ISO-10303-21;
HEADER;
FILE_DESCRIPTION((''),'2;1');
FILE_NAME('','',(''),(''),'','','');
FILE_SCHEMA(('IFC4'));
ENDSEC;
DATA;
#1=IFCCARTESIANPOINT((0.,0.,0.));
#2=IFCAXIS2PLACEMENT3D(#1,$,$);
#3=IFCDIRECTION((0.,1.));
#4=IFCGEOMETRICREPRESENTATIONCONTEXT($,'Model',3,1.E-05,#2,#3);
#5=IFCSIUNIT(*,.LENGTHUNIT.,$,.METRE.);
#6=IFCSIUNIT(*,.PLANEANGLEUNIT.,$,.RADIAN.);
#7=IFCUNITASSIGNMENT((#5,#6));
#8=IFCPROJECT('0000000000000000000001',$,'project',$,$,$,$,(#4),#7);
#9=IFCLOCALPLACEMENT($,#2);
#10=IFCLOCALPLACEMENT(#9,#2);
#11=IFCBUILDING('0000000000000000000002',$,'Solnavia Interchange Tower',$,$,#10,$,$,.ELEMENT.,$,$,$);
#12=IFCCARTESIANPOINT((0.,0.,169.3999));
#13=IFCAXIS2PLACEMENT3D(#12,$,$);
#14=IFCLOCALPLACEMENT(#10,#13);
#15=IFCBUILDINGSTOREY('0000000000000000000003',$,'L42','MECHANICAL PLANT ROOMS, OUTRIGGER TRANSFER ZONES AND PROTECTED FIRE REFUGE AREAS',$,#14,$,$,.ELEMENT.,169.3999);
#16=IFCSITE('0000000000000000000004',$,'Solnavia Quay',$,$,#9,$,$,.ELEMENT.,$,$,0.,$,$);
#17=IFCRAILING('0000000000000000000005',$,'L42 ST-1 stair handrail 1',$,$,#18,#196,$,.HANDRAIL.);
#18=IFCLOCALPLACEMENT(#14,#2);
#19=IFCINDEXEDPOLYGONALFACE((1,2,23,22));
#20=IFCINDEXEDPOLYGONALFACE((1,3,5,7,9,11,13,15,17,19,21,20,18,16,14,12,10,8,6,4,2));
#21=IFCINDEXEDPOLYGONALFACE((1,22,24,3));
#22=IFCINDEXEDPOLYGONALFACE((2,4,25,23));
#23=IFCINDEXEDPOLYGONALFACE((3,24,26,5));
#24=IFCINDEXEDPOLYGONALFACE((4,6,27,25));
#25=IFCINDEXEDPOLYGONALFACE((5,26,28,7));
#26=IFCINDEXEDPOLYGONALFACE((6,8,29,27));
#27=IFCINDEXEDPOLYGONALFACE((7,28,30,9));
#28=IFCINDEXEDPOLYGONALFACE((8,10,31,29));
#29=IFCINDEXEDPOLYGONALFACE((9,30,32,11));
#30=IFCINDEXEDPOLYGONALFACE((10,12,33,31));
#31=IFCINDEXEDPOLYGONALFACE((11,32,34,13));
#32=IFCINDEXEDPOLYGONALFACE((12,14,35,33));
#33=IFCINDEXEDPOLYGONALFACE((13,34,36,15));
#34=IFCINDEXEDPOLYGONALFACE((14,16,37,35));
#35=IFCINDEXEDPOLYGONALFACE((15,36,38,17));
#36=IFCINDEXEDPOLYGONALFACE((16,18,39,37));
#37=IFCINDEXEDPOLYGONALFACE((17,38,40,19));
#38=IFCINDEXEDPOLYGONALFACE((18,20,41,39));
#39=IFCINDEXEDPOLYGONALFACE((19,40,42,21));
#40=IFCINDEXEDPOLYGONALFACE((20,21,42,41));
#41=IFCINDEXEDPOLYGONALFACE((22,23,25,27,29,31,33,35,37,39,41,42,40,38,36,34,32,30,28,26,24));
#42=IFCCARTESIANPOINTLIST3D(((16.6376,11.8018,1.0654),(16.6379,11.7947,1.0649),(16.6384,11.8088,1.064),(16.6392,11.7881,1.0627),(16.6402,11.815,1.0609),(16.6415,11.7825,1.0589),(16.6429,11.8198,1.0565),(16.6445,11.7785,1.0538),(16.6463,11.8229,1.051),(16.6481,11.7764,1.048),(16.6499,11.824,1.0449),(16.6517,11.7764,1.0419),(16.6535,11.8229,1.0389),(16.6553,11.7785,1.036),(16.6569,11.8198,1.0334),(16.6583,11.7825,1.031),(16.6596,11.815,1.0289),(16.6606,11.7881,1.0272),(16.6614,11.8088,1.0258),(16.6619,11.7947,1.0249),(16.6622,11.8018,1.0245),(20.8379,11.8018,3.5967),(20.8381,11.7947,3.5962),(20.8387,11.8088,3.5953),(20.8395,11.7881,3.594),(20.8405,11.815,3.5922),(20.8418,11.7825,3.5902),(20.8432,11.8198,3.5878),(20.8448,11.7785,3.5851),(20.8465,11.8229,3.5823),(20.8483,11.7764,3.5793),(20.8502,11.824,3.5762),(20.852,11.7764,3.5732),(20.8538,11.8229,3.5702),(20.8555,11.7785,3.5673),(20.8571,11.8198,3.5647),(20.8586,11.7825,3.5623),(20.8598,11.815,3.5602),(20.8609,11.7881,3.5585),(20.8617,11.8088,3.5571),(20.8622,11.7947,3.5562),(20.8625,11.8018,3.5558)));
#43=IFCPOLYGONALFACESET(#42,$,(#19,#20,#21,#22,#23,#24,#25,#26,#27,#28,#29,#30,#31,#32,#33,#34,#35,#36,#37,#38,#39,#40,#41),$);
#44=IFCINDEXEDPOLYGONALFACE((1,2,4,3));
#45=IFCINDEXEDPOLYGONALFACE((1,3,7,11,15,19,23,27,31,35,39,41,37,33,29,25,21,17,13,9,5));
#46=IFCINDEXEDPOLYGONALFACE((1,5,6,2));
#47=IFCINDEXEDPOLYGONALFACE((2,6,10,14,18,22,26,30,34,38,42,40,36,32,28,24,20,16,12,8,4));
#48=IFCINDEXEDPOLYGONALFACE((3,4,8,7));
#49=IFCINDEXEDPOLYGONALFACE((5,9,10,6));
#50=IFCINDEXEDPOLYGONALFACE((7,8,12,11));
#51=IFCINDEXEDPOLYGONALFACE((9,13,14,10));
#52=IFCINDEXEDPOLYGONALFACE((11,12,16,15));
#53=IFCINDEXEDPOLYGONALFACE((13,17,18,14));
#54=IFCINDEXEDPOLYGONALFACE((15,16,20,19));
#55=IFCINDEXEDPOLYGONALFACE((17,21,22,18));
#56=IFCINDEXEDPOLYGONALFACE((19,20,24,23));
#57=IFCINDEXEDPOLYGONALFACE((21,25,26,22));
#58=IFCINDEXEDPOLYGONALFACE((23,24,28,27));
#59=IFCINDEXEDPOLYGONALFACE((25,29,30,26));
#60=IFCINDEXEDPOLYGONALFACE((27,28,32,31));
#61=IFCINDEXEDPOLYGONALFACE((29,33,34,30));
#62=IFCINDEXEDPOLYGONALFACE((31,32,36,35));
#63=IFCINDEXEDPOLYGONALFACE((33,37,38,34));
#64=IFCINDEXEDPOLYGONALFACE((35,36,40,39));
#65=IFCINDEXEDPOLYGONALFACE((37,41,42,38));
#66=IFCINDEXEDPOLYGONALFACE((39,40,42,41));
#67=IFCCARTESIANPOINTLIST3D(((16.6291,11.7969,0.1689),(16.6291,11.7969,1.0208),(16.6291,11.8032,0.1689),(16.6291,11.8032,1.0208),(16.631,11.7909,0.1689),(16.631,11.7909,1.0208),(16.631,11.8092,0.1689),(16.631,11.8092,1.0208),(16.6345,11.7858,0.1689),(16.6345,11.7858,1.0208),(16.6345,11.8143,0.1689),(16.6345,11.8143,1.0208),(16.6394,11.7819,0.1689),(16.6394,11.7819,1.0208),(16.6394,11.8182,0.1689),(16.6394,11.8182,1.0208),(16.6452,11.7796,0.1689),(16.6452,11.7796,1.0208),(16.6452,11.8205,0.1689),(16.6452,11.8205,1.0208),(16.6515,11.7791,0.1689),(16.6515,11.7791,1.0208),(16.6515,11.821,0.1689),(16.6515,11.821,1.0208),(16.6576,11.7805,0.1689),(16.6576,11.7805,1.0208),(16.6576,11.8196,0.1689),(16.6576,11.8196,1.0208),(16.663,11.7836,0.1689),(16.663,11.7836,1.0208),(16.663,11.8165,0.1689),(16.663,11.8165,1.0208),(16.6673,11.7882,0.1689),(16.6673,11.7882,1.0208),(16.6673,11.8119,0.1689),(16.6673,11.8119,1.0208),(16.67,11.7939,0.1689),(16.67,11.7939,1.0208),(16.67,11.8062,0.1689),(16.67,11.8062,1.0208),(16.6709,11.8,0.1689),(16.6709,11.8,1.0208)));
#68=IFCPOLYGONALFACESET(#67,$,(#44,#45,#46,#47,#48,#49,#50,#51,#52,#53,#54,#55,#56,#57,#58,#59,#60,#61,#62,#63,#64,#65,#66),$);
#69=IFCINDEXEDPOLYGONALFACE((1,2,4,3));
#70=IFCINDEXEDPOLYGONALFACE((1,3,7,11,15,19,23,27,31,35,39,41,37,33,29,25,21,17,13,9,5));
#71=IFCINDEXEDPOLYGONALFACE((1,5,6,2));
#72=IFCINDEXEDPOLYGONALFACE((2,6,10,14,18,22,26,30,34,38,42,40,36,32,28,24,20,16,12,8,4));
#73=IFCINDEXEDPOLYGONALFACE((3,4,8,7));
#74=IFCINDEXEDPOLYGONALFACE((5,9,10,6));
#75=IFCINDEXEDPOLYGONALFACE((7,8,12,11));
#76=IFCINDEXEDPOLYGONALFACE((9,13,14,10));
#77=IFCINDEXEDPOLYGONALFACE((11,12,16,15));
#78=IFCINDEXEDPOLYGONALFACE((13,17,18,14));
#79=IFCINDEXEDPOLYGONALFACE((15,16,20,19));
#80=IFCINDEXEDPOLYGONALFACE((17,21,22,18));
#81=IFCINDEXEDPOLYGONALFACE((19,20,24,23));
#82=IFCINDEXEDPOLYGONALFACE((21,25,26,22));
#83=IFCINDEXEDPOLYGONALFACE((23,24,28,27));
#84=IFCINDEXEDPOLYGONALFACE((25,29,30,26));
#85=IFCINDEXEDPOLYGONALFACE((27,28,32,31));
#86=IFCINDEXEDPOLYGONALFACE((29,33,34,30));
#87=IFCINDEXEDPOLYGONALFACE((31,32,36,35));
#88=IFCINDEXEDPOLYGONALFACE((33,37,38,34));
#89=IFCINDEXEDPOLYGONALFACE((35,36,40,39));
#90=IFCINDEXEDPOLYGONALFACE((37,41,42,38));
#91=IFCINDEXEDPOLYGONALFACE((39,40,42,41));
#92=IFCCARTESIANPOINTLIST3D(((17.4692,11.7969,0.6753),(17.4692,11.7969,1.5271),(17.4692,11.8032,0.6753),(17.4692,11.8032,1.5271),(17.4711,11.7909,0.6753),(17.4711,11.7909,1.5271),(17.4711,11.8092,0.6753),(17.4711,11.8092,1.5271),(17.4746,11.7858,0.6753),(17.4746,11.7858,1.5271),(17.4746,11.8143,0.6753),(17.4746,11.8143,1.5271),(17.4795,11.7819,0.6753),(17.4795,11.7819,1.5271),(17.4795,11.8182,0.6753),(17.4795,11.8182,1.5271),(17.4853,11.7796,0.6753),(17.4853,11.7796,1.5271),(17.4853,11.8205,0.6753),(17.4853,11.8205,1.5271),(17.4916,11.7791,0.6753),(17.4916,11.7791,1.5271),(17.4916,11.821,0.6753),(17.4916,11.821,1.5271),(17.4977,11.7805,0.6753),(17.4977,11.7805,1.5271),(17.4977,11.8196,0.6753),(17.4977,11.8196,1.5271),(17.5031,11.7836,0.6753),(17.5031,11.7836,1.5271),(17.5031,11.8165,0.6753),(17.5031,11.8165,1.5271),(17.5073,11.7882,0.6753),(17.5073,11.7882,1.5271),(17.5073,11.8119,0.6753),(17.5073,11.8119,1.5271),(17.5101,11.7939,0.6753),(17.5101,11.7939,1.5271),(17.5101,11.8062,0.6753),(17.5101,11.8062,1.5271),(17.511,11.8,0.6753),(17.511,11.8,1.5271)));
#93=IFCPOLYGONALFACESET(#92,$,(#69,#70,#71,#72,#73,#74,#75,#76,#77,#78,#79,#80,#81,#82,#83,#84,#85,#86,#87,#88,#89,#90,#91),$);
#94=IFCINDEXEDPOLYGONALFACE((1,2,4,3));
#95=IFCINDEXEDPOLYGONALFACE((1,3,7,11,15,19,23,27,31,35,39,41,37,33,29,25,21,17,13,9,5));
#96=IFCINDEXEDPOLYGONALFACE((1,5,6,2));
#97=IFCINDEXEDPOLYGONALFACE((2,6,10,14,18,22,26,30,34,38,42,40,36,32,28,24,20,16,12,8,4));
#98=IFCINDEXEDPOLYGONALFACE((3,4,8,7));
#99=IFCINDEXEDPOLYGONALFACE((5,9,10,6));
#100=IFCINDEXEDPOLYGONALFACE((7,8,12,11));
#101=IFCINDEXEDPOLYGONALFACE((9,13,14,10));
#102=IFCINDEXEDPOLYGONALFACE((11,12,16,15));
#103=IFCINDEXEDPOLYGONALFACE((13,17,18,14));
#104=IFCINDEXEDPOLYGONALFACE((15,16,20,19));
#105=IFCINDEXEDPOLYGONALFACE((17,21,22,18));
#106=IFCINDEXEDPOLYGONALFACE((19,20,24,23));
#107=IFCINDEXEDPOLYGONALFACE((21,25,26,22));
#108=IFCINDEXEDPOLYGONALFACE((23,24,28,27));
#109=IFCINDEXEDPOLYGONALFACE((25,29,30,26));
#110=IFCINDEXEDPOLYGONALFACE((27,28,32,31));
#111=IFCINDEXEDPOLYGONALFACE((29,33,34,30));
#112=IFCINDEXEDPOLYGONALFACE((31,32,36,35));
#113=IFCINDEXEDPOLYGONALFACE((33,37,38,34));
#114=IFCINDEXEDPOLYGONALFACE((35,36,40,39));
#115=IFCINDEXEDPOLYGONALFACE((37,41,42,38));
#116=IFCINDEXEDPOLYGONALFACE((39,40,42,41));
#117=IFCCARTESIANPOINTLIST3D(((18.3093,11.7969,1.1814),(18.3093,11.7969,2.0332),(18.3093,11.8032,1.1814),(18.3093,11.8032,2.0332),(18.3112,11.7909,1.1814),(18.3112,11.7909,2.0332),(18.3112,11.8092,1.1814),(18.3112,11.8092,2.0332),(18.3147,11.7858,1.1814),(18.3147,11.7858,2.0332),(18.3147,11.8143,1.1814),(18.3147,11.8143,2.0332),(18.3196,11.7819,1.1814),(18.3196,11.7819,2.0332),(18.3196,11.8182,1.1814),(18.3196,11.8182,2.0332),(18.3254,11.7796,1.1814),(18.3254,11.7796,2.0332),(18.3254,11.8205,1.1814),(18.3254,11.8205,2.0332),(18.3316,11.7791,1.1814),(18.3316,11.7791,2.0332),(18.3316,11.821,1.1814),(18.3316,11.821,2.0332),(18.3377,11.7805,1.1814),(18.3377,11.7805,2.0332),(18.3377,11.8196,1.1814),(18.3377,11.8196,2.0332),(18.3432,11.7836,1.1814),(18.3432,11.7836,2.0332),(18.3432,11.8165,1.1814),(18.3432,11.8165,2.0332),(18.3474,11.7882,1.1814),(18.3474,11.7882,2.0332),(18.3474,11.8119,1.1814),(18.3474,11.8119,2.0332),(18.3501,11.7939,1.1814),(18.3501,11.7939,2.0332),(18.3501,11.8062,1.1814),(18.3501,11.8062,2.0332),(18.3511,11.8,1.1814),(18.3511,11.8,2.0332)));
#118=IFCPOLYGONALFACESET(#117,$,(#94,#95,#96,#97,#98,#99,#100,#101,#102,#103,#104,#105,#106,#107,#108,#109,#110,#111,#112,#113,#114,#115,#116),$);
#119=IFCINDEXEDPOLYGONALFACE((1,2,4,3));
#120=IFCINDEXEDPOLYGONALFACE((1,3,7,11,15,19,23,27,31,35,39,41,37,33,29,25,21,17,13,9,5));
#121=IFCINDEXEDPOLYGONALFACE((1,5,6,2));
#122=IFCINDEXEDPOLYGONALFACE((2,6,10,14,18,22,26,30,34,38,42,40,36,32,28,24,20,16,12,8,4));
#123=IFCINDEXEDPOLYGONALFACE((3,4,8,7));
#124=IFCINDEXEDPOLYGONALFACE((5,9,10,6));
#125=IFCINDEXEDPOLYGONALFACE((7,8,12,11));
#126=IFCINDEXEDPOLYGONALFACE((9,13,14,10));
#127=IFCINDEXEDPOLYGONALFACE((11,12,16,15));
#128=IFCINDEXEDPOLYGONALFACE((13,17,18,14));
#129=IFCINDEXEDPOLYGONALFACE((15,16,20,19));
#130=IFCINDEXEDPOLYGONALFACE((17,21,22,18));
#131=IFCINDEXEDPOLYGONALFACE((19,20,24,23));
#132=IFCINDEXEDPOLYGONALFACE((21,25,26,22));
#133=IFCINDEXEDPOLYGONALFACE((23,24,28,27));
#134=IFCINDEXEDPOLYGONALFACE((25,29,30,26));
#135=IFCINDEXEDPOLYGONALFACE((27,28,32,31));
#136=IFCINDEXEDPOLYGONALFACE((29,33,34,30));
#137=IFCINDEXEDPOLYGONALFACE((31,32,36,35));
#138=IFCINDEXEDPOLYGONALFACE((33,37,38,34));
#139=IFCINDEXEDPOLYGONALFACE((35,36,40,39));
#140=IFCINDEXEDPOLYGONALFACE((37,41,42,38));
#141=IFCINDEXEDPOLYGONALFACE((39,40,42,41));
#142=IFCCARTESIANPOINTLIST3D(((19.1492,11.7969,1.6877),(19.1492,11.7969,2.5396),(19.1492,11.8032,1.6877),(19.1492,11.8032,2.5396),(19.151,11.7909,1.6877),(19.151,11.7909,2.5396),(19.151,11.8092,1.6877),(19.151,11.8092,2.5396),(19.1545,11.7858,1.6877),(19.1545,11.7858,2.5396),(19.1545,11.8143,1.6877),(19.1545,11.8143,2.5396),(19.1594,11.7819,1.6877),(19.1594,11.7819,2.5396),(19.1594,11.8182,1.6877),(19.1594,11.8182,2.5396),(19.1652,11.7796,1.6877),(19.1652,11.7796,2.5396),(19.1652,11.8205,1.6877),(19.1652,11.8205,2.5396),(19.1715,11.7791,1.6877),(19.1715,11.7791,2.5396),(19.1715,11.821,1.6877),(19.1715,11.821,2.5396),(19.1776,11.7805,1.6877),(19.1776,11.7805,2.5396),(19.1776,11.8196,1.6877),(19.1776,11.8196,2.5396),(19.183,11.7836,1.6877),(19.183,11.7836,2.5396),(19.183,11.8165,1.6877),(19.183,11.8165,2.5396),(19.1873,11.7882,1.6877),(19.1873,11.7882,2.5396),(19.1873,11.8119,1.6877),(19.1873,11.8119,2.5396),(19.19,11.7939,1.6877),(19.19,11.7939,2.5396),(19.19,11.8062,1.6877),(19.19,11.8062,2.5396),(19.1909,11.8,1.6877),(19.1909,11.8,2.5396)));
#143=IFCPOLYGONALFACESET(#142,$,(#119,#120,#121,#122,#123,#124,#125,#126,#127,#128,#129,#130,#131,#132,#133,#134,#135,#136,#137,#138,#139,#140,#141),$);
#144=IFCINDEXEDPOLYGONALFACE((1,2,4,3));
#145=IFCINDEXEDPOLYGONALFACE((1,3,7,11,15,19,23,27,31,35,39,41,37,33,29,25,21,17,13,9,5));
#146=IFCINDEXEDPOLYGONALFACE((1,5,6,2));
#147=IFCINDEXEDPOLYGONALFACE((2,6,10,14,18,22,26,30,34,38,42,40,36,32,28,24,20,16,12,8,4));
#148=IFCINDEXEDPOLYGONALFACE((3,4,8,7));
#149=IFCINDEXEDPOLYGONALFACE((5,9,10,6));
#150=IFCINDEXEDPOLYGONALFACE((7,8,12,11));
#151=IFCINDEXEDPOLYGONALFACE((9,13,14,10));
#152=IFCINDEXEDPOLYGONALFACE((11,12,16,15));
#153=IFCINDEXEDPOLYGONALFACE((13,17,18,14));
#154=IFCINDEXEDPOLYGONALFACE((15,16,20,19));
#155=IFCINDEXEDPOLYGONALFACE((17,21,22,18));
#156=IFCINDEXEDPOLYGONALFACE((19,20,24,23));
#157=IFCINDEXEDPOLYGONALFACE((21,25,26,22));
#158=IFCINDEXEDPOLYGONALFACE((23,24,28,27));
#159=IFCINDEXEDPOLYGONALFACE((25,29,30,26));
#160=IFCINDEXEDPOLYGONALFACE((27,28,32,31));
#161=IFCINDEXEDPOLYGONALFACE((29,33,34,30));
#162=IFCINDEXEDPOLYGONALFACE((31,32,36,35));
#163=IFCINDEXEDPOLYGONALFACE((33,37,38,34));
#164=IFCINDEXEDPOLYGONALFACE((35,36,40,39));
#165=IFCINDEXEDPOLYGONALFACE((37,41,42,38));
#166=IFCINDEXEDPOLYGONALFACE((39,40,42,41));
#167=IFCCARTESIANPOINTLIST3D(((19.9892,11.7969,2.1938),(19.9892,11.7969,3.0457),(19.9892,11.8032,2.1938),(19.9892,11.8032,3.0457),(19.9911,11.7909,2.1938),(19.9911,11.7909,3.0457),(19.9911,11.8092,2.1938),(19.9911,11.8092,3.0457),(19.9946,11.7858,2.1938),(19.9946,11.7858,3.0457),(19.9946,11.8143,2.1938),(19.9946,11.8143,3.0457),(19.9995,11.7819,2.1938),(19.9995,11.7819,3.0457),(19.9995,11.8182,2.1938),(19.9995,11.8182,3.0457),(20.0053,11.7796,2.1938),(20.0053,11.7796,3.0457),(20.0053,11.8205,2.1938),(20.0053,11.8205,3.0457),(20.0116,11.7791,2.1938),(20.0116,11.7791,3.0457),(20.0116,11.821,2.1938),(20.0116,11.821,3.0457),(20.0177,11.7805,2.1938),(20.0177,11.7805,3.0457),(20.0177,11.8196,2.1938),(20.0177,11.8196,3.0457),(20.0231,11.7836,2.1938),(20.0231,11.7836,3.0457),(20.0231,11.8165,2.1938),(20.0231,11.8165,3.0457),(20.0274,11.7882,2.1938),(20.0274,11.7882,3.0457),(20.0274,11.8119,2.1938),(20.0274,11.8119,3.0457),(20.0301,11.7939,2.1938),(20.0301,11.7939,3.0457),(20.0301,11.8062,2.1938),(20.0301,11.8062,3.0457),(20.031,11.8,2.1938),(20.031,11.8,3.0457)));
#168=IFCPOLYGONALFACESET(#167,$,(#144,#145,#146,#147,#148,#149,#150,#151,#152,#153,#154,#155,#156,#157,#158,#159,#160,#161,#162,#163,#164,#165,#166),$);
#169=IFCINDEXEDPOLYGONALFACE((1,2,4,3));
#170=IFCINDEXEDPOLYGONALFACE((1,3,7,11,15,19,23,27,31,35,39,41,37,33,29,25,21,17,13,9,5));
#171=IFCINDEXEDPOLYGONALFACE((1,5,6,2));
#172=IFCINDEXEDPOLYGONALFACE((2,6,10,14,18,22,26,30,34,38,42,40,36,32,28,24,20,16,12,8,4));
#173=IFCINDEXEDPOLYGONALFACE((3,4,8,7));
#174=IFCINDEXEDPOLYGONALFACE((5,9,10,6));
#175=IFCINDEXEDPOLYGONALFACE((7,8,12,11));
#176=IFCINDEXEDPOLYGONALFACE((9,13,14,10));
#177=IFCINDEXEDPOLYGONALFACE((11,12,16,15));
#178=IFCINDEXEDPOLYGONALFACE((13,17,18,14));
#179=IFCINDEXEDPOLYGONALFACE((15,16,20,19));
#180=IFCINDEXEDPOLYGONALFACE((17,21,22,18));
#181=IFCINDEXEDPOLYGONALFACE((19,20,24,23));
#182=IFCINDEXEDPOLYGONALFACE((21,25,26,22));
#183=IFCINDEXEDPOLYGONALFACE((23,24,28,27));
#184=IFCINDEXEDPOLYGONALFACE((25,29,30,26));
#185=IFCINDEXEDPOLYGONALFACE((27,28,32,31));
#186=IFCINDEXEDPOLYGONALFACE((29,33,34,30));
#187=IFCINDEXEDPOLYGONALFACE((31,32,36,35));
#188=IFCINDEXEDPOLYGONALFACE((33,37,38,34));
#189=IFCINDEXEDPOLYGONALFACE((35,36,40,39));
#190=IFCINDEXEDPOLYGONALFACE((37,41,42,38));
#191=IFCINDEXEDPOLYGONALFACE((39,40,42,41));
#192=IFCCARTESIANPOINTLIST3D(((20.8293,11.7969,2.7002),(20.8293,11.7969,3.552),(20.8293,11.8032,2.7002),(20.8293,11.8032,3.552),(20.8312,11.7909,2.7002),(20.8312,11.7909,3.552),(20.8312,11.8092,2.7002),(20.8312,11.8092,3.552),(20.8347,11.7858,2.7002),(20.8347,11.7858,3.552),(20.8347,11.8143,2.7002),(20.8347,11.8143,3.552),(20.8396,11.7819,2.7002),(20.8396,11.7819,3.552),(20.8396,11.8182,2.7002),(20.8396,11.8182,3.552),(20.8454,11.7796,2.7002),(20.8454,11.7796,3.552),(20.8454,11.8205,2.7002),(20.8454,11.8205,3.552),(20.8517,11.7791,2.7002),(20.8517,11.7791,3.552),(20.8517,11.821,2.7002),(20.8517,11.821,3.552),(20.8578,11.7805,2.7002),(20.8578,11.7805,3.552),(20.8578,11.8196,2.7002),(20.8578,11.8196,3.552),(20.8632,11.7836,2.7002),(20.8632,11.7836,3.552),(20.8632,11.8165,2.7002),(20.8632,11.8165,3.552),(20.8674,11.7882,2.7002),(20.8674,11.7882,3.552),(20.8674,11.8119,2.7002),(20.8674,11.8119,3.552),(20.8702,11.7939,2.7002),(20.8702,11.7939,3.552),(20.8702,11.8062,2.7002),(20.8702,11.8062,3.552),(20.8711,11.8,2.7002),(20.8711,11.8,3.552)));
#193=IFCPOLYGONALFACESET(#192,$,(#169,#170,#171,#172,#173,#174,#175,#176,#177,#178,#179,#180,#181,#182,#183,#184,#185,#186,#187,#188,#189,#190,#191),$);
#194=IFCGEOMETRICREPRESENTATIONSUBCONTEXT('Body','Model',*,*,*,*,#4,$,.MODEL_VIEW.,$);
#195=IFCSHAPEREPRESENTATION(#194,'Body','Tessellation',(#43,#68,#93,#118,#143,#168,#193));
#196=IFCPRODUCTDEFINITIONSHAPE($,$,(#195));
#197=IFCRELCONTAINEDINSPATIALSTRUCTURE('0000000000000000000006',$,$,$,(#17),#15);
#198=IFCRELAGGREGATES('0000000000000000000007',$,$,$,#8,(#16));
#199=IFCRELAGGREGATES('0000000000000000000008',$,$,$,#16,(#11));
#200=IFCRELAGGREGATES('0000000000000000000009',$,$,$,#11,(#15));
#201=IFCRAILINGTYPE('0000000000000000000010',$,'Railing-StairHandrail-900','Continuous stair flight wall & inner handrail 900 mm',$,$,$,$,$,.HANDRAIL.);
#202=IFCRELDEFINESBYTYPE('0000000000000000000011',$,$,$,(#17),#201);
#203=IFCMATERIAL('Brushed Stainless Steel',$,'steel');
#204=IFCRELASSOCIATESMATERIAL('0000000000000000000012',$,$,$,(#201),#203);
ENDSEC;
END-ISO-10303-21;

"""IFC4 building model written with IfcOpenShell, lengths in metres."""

from ifc_helpers import new_model, si_unit, direction, frame, origin, origin_2d, place, context, subcontext, project, spatial, circle, extrude, material, type_object, element, save


model = new_model("IFC4")

# Units and contexts
model_context = context("Model", 3, precision=1e-05, world=origin(), true_north=direction((0.0, 1.0)))
body_context = subcontext(model_context, "Body", "Model", "MODEL_VIEW")
ifc_project = project(units=[si_unit("LENGTHUNIT", "METRE"), si_unit("PLANEANGLEUNIT", "RADIAN")], contexts=[model_context])

# Site, building, storey
site_placement = place(None, origin())
site = spatial("IfcSite", under=ifc_project, at=site_placement, Name="Solnavia Quay", CompositionType="ELEMENT", RefElevation=0.0)
building_placement = place(site_placement, origin())
building = spatial("IfcBuilding", under=site, at=building_placement, Name="Solnavia Interchange Tower", CompositionType="ELEMENT")
storey_placement = place(building_placement, frame((0.0, 0.0, 169.3999)))
storey = spatial("IfcBuildingStorey", under=building, at=storey_placement, Name="L42", Description="MECHANICAL PLANT ROOMS, OUTRIGGER TRANSFER ZONES AND PROTECTED FIRE REFUGE AREAS", CompositionType="ELEMENT", Elevation=169.3999)

# Railing
ifc_material_1 = material(Name="Brushed Stainless Steel", Category="steel")
railing_type = type_object("IfcRailingType", Name="Railing-StairHandrail-900", Description="Continuous stair flight wall & inner handrail 900 mm", PredefinedType="HANDRAIL", material=ifc_material_1)
railing_1_placement = place(storey_placement, frame((16.6499, 11.8, 0.1689)))
element("IfcRailing", 1, at=railing_1_placement, inside=storey, type_object=railing_type, Name="L42 ST-1 stair handrail 1", PredefinedType="HANDRAIL", context=body_context, shape_type="SweptSolid", body=[
    extrude(circle(Radius=0.0239, at=origin_2d()), frame((0.0, 0.0, 0.876), z_axis=(0.85649, 0.0, 0.516164), x_axis=(0.0, 1.0, 0.0)), (0.0, 0.0, 1.0), 4.9041),
    extrude(circle(Radius=0.021, at=origin_2d()), origin(), (0.0, 0.0, 1.0), 0.8518),
    extrude(circle(Radius=0.021, at=origin_2d()), frame((0.8401, 0.0, 0.5063)), (0.0, 0.0, 1.0), 0.8518),
    extrude(circle(Radius=0.021, at=origin_2d()), frame((1.6802, 0.0, 1.0125)), (0.0, 0.0, 1.0), 0.8518),
    extrude(circle(Radius=0.021, at=origin_2d()), frame((2.52, 0.0, 1.5188)), (0.0, 0.0, 1.0), 0.8518),
    extrude(circle(Radius=0.021, at=origin_2d()), frame((3.3601, 0.0, 2.0249)), (0.0, 0.0, 1.0), 0.8518),
    extrude(circle(Radius=0.021, at=origin_2d()), frame((4.2002, 0.0, 2.5312)), (0.0, 0.0, 1.0), 0.8518),
])

save(model, "model.ifc")
